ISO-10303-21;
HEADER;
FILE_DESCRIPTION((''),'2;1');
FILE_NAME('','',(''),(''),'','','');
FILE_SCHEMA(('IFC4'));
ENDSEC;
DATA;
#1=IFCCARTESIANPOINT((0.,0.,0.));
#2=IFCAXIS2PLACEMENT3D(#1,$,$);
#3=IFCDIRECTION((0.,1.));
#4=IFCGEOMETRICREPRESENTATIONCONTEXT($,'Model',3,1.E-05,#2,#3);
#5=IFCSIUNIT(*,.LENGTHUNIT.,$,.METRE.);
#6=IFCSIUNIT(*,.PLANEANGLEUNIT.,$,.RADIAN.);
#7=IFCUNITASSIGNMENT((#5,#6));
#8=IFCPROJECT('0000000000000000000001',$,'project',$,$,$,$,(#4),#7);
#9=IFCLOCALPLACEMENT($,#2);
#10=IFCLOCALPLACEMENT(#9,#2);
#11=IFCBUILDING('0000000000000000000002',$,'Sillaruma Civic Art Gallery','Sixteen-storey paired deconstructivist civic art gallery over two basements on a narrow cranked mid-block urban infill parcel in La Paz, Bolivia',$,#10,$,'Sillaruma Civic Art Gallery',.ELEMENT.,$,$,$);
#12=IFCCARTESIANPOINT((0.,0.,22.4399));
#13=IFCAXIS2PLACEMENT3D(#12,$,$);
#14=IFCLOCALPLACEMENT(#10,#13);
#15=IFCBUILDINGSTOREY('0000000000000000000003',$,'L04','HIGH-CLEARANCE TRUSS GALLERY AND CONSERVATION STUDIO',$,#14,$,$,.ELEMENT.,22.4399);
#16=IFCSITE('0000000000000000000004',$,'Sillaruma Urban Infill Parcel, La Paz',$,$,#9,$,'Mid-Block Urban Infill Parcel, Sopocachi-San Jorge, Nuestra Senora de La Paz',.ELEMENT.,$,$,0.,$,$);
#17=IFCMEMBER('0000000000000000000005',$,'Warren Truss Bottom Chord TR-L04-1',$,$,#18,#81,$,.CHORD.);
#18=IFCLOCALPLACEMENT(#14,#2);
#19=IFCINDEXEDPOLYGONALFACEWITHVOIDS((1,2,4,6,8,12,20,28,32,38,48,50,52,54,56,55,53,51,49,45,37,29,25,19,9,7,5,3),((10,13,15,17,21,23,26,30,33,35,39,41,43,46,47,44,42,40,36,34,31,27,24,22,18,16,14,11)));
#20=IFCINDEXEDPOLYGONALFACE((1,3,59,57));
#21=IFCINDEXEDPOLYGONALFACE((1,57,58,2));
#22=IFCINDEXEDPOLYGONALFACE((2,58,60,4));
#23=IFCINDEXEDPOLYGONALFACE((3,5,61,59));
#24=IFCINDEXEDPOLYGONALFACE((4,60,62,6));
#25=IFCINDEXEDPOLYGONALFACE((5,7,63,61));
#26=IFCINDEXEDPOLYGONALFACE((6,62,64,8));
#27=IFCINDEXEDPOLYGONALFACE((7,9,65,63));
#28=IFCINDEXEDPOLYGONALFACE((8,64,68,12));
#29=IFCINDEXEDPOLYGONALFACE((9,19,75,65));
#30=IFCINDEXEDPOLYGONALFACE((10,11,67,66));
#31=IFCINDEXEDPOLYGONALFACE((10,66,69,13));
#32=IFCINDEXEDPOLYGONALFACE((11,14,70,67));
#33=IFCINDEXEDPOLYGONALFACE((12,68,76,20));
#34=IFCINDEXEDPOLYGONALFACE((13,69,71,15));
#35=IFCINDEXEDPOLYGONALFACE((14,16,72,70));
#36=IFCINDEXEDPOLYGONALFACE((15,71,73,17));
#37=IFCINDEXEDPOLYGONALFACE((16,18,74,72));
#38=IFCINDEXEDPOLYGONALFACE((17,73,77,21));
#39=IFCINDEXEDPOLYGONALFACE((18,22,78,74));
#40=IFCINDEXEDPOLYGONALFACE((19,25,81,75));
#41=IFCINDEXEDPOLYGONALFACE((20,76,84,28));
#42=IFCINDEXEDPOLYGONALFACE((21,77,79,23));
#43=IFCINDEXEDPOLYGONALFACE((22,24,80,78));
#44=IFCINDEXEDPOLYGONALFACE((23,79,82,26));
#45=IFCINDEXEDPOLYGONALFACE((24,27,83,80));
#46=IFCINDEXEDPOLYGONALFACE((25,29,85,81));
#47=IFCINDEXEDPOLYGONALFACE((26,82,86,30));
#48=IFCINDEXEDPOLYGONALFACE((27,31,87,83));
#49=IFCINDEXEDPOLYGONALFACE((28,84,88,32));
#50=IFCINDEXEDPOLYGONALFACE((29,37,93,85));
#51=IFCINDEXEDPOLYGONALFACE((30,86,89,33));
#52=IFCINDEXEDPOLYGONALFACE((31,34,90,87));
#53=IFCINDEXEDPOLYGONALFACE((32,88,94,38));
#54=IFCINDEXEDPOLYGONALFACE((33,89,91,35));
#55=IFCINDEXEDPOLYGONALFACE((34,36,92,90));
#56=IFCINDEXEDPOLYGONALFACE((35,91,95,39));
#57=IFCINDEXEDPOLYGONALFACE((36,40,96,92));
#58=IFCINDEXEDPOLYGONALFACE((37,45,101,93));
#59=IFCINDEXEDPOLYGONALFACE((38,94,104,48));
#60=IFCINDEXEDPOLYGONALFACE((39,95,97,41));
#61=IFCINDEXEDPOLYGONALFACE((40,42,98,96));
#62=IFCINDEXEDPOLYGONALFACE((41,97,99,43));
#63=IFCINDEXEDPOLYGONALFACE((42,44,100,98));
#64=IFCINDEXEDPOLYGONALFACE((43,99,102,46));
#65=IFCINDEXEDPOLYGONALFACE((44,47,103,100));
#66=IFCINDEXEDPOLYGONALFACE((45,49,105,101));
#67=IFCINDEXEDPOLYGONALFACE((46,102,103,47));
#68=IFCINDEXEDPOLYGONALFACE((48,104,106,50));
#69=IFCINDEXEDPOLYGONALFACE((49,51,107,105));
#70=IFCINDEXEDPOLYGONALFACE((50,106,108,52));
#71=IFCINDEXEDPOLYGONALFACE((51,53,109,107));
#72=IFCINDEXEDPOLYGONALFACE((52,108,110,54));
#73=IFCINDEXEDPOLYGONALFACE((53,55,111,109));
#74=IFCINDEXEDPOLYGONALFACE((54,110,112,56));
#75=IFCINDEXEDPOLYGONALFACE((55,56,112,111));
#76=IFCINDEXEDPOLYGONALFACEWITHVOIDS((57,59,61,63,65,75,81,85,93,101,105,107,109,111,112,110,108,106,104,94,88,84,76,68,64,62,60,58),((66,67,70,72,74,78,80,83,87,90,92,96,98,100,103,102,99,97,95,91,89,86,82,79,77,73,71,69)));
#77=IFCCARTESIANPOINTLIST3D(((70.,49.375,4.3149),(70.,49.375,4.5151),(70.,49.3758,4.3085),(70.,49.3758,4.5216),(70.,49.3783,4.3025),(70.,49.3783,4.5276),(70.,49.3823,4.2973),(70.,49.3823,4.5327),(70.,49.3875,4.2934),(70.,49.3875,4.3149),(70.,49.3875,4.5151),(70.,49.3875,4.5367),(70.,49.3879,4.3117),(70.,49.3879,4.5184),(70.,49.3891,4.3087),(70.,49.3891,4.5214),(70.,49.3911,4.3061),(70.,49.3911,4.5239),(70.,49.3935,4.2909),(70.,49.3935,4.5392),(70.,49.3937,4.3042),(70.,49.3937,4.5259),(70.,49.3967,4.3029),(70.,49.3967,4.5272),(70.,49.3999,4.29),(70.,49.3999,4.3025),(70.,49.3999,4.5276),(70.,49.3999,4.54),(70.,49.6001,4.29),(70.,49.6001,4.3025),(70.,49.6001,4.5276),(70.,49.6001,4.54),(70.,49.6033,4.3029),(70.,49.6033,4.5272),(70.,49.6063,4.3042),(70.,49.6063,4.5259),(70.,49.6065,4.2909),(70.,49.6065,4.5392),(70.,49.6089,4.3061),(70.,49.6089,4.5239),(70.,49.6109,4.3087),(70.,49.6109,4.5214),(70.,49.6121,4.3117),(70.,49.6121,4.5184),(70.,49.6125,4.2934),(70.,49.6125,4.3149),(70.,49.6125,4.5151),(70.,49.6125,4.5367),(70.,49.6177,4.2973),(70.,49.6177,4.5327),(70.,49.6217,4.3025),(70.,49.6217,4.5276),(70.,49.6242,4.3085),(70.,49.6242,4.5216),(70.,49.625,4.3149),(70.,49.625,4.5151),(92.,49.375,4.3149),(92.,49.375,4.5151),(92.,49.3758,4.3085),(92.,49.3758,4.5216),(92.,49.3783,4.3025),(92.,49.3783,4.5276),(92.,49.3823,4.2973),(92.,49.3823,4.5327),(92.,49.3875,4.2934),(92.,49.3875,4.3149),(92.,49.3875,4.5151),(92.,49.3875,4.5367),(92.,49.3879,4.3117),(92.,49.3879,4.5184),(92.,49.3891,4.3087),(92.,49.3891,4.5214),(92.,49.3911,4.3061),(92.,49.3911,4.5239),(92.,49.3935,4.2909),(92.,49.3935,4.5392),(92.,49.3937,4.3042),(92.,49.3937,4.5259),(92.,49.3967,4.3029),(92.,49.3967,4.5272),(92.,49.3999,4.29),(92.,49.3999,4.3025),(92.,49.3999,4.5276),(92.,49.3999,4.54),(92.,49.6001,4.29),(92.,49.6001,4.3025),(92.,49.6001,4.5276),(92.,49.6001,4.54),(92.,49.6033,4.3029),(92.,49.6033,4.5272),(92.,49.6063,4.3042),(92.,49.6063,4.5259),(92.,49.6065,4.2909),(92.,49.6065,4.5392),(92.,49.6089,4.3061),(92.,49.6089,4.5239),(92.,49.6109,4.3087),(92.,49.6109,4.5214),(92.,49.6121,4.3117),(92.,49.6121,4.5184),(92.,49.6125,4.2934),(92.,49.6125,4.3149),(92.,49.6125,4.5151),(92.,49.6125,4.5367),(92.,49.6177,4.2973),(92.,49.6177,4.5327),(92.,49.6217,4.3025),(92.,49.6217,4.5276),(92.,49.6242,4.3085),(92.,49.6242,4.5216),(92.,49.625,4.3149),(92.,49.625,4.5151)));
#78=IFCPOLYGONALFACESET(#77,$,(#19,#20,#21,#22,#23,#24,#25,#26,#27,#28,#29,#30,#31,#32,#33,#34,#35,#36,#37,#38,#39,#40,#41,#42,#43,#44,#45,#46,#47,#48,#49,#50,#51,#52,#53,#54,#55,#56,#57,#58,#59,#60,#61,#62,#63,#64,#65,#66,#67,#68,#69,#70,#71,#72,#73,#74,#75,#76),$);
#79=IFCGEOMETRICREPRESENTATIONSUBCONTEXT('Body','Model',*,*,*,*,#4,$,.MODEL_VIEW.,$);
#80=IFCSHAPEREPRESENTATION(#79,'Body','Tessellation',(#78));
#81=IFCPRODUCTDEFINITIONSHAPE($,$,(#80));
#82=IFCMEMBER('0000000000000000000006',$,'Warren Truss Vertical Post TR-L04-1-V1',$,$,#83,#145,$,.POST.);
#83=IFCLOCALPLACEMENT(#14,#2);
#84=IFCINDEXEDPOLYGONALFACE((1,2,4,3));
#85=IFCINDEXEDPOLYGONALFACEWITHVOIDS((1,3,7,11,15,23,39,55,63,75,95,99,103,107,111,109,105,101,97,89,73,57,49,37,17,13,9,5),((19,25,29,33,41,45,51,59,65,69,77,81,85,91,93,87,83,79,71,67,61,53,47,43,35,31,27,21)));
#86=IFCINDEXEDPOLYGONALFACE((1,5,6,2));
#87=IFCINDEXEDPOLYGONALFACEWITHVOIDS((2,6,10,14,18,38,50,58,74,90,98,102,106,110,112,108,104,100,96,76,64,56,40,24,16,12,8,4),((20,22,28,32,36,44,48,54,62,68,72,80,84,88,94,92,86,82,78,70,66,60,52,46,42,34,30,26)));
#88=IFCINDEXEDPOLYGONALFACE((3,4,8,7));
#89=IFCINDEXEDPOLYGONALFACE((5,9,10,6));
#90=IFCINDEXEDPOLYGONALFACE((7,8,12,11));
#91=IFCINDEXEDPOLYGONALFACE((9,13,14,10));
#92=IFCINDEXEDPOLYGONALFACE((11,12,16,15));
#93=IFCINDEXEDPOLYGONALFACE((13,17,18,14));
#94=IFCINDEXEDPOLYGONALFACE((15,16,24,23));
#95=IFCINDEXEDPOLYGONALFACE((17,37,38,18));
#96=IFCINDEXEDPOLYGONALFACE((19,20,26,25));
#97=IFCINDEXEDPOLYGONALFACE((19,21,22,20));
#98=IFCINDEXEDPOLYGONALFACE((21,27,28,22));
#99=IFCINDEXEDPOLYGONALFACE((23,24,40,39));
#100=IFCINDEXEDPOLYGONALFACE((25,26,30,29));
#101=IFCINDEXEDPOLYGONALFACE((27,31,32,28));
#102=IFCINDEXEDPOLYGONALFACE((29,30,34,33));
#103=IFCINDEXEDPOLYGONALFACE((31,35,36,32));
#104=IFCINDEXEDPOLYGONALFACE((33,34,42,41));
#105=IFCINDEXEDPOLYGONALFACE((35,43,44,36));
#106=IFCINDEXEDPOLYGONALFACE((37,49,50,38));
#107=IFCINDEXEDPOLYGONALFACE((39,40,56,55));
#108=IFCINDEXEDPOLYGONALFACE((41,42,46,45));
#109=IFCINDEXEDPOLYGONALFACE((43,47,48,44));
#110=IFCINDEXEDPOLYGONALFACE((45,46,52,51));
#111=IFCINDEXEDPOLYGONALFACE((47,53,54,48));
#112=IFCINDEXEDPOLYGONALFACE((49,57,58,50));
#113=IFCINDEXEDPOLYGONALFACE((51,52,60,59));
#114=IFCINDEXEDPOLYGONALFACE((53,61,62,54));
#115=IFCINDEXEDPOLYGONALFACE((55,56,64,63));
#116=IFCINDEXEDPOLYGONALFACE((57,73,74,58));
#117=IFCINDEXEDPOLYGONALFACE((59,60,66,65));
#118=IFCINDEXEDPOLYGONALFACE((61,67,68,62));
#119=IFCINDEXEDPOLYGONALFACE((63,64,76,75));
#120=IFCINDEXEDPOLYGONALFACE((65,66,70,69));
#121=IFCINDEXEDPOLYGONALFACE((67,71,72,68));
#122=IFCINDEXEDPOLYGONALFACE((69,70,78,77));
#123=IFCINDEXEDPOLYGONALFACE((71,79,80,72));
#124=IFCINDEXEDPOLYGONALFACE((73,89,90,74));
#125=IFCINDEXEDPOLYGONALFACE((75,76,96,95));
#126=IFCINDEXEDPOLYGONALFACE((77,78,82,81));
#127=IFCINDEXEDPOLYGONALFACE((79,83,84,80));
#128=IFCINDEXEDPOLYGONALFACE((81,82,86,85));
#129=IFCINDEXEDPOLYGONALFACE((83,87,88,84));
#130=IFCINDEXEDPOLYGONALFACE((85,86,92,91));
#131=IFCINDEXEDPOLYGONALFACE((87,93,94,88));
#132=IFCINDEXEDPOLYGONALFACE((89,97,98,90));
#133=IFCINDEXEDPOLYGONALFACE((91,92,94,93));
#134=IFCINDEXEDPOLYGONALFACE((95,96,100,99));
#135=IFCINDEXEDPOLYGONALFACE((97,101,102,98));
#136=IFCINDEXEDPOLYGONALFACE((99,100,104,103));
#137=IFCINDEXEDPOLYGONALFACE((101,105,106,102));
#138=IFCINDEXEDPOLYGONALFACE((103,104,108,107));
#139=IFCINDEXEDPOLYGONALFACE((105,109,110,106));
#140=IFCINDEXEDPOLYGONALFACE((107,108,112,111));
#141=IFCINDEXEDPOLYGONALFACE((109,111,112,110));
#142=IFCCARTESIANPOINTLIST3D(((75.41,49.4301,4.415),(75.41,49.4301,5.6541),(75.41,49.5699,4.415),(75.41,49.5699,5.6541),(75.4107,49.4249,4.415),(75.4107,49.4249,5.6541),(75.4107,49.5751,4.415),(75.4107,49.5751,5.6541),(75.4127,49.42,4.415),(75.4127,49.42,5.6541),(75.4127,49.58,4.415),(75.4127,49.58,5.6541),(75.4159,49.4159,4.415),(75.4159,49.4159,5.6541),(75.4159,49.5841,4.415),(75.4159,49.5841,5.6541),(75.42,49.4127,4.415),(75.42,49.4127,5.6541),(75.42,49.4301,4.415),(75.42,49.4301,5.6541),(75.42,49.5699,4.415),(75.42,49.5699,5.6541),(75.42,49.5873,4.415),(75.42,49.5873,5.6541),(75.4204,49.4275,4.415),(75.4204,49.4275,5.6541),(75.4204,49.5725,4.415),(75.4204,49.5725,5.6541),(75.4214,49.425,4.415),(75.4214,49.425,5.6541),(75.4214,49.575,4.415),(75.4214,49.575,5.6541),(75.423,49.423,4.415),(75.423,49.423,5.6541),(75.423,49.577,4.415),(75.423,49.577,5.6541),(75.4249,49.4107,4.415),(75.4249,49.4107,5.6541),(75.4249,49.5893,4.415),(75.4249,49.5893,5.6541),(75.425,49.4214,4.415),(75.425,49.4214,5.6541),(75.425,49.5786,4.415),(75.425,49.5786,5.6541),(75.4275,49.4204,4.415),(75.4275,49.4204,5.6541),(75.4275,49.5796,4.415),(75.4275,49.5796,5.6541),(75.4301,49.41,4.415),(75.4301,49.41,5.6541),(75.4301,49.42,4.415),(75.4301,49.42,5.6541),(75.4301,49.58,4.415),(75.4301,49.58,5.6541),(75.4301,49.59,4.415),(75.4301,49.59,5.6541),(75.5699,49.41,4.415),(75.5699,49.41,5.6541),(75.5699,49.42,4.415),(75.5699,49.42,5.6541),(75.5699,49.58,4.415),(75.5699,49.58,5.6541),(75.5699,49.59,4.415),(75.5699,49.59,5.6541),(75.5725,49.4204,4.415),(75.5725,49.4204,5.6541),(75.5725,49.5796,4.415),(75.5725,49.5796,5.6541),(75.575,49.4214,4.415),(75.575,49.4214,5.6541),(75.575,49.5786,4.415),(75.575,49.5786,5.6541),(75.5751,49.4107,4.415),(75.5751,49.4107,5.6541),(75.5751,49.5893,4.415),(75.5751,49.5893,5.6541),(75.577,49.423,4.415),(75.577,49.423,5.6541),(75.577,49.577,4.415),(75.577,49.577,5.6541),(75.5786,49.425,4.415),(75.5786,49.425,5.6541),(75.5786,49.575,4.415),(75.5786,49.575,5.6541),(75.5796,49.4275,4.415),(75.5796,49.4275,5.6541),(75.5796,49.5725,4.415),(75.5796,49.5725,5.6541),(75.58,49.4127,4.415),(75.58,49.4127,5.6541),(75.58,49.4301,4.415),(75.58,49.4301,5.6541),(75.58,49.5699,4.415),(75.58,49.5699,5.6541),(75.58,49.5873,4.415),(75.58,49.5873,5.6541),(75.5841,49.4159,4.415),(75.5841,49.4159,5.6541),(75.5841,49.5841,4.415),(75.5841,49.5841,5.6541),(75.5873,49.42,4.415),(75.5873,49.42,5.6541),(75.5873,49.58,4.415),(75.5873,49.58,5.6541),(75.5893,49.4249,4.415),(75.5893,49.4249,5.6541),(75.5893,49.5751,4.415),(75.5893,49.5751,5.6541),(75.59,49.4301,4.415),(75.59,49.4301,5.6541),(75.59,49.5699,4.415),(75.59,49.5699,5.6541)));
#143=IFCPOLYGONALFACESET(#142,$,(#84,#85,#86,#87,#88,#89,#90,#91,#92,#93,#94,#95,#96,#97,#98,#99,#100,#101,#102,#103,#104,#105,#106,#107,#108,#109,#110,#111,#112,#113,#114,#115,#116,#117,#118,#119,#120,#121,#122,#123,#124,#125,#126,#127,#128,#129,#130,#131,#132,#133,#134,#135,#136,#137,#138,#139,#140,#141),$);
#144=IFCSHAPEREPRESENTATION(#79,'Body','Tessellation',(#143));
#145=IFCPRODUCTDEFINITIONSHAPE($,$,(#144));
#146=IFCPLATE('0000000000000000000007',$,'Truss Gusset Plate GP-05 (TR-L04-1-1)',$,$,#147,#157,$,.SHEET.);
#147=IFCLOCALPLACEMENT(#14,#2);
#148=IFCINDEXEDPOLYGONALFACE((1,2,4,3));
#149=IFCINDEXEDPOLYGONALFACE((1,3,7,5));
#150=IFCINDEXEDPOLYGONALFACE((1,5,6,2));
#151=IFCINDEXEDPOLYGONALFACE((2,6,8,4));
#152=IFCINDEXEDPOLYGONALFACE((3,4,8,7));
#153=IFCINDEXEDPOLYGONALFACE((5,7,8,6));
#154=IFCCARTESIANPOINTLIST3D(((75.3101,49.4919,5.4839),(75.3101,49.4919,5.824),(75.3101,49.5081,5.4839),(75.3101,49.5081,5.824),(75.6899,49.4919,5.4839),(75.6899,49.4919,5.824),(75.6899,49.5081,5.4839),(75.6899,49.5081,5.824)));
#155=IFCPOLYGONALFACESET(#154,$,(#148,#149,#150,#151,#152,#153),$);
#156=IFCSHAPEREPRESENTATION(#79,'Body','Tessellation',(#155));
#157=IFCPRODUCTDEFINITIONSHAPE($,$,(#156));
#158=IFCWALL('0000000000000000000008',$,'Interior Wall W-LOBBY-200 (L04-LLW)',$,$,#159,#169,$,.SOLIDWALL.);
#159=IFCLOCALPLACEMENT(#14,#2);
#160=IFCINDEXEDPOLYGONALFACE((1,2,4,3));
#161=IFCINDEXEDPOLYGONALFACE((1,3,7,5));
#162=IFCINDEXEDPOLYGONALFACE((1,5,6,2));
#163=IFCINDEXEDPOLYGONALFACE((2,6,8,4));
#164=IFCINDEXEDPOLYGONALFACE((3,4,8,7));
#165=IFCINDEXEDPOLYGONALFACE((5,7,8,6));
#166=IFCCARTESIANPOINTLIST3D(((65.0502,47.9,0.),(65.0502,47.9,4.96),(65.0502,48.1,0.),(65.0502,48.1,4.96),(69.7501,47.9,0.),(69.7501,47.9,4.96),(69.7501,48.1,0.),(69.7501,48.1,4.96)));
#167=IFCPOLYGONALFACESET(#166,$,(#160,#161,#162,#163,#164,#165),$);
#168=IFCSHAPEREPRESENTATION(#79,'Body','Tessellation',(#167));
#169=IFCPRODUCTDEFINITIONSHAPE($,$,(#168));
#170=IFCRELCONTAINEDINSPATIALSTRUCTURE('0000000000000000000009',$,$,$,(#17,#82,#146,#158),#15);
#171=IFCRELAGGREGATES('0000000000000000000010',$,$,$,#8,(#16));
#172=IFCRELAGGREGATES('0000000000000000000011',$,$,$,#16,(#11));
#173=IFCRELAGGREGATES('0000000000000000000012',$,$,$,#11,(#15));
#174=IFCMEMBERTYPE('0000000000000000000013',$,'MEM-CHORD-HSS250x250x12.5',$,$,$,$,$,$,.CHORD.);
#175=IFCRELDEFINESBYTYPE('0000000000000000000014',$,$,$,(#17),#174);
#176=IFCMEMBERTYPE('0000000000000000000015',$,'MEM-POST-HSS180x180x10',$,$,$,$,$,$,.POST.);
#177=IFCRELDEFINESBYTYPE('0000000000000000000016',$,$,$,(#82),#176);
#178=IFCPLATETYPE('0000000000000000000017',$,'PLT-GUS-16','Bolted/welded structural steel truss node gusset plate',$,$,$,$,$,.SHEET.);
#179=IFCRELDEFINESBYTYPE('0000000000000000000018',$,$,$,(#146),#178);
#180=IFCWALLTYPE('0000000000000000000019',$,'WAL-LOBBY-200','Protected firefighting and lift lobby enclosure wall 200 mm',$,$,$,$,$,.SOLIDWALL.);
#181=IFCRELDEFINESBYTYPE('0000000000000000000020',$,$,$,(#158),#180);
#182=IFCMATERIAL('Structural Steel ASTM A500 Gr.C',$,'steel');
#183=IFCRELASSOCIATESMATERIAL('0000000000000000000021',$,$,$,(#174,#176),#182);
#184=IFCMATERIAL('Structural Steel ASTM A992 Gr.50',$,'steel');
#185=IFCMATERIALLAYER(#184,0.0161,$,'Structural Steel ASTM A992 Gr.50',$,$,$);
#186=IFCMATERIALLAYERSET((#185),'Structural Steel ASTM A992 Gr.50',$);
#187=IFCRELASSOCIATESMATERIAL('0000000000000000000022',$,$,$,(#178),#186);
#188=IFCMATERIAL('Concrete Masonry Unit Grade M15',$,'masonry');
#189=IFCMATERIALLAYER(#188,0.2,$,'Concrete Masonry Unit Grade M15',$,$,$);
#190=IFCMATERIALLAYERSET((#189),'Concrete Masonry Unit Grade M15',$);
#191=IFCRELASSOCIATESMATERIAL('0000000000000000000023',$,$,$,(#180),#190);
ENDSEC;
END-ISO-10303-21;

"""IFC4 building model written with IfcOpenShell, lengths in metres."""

from ifc_helpers import new_model, si_unit, direction, frame, frame_2d, origin, origin_2d, place, context, subcontext, project, spatial, rectangle, hollow_rectangle, extrude, material, layer, layer_set, material_profile, profile_set, type_object, element, save


model = new_model("IFC4")

# Units and contexts
model_context = context("Model", 3, precision=1e-05, world=origin(), true_north=direction((0.0, 1.0)))
body_context = subcontext(model_context, "Body", "Model", "MODEL_VIEW")
ifc_project = project(units=[si_unit("LENGTHUNIT", "METRE"), si_unit("PLANEANGLEUNIT", "RADIAN")], contexts=[model_context])

# Site, building, storey
site_placement = place(None, origin())
site = spatial("IfcSite", under=ifc_project, at=site_placement, Name="Sillaruma Urban Infill Parcel, La Paz", LongName="Mid-Block Urban Infill Parcel, Sopocachi-San Jorge, Nuestra Senora de La Paz", CompositionType="ELEMENT", RefElevation=0.0)
building_placement = place(site_placement, origin())
building = spatial("IfcBuilding", under=site, at=building_placement, Name="Sillaruma Civic Art Gallery", Description="Sixteen-storey paired deconstructivist civic art gallery over two basements on a narrow cranked mid-block urban infill parcel in La Paz, Bolivia", LongName="Sillaruma Civic Art Gallery", CompositionType="ELEMENT")
storey_placement = place(building_placement, frame((0.0, 0.0, 22.4399)))
storey = spatial("IfcBuildingStorey", under=building, at=storey_placement, Name="L04", Description="HIGH-CLEARANCE TRUSS GALLERY AND CONSERVATION STUDIO", CompositionType="ELEMENT", Elevation=22.4399)

# Shared definitions
ifc_material_1 = material(Name="Structural Steel ASTM A992 Gr.50", Category="steel")

# Members
ifc_material_2 = material(Name="Structural Steel ASTM A500 Gr.C", Category="steel")
ifc_material_profile_1 = material_profile(ifc_material_2, hollow_rectangle(XDim=0.25, YDim=0.25, WallThickness=0.0125, InnerFilletRadius=0.0125, OuterFilletRadius=0.0249, at=origin_2d()), Name="HSS250x250x12.5")
ifc_profile_set_1 = profile_set([ifc_material_profile_1], Name="Structural Steel ASTM A500 Gr.C")
member_type_1 = type_object("IfcMemberType", Name="MEM-CHORD-HSS250x250x12.5", PredefinedType="CHORD", material=ifc_profile_set_1)
member_1_placement = place(storey_placement, frame((70.0, 49.5, 4.415), z_axis=(1.0, 0.0, 0.0), x_axis=(0.0, 1.0, 0.0)))
element("IfcMember", 1, at=member_1_placement, inside=storey, type_object=member_type_1, Name="Warren Truss Bottom Chord TR-L04-1", PredefinedType="CHORD", context=body_context, shape_type="SweptSolid", body=[
    extrude(hollow_rectangle(XDim=0.25, YDim=0.25, WallThickness=0.0125, InnerFilletRadius=0.0125, OuterFilletRadius=0.0249, at=origin_2d()), origin(), (0.0, 0.0, 1.0), 22.0),
])
ifc_material_profile_2 = material_profile(ifc_material_2, hollow_rectangle(XDim=0.1799, YDim=0.1799, WallThickness=0.01, InnerFilletRadius=0.01, OuterFilletRadius=0.02, at=origin_2d()), Name="HSS180x180x10")
ifc_profile_set_2 = profile_set([ifc_material_profile_2], Name="Structural Steel ASTM A500 Gr.C")
member_type_2 = type_object("IfcMemberType", Name="MEM-POST-HSS180x180x10", PredefinedType="POST", material=ifc_profile_set_2)
member_2_placement = place(storey_placement, frame((75.5, 49.5, 4.415), z_axis=(0.0, 0.0, 1.0), x_axis=(1.0, 0.0, 0.0)))
element("IfcMember", 2, at=member_2_placement, inside=storey, type_object=member_type_2, Name="Warren Truss Vertical Post TR-L04-1-V1", PredefinedType="POST", context=body_context, shape_type="SweptSolid", body=[
    extrude(hollow_rectangle(XDim=0.1799, YDim=0.1799, WallThickness=0.01, InnerFilletRadius=0.01, OuterFilletRadius=0.02, at=origin_2d()), origin(), (0.0, 0.0, 1.0), 1.239),
])

# Plate
ifc_layer_1 = layer(ifc_material_1, 0.0161, Name="Structural Steel ASTM A992 Gr.50")
ifc_layer_set_1 = layer_set([ifc_layer_1], Name="Structural Steel ASTM A992 Gr.50")
plate_type = type_object("IfcPlateType", Name="PLT-GUS-16", Description="Bolted/welded structural steel truss node gusset plate", PredefinedType="SHEET", material=ifc_layer_set_1)
plate_placement = place(storey_placement, frame((75.5, 49.5, 5.4839), z_axis=(0.0, 0.0, 1.0), x_axis=(1.0, 0.0, 0.0)))
element("IfcPlate", 3, at=plate_placement, inside=storey, type_object=plate_type, Name="Truss Gusset Plate GP-05 (TR-L04-1-1)", PredefinedType="SHEET", context=body_context, shape_type="SweptSolid", body=[
    extrude(rectangle(XDim=0.3799, YDim=0.0161, at=origin_2d()), origin(), (0.0, 0.0, 1.0), 0.3401),
])

# Wall
ifc_material_3 = material(Name="Concrete Masonry Unit Grade M15", Category="masonry")
ifc_layer_2 = layer(ifc_material_3, 0.2, Name="Concrete Masonry Unit Grade M15")
ifc_layer_set_2 = layer_set([ifc_layer_2], Name="Concrete Masonry Unit Grade M15")
wall_type_1 = type_object("IfcWallType", Name="WAL-LOBBY-200", Description="Protected firefighting and lift lobby enclosure wall 200 mm", PredefinedType="SOLIDWALL", material=ifc_layer_set_2)
wall_1_placement = place(storey_placement, frame((65.05, 48.0, 0.0), z_axis=(0.0, 0.0, 1.0), x_axis=(1.0, 0.0, 0.0)))
element("IfcWall", 4, at=wall_1_placement, inside=storey, type_object=wall_type_1, Name="Interior Wall W-LOBBY-200 (L04-LLW)", PredefinedType="SOLIDWALL", context=body_context, shape_type="SweptSolid", body=[
    extrude(rectangle(XDim=4.7, YDim=0.2, at=frame_2d((2.3501, 0.0))), origin(), (0.0, 0.0, 1.0), 4.96),
])

save(model, "model.ifc")
